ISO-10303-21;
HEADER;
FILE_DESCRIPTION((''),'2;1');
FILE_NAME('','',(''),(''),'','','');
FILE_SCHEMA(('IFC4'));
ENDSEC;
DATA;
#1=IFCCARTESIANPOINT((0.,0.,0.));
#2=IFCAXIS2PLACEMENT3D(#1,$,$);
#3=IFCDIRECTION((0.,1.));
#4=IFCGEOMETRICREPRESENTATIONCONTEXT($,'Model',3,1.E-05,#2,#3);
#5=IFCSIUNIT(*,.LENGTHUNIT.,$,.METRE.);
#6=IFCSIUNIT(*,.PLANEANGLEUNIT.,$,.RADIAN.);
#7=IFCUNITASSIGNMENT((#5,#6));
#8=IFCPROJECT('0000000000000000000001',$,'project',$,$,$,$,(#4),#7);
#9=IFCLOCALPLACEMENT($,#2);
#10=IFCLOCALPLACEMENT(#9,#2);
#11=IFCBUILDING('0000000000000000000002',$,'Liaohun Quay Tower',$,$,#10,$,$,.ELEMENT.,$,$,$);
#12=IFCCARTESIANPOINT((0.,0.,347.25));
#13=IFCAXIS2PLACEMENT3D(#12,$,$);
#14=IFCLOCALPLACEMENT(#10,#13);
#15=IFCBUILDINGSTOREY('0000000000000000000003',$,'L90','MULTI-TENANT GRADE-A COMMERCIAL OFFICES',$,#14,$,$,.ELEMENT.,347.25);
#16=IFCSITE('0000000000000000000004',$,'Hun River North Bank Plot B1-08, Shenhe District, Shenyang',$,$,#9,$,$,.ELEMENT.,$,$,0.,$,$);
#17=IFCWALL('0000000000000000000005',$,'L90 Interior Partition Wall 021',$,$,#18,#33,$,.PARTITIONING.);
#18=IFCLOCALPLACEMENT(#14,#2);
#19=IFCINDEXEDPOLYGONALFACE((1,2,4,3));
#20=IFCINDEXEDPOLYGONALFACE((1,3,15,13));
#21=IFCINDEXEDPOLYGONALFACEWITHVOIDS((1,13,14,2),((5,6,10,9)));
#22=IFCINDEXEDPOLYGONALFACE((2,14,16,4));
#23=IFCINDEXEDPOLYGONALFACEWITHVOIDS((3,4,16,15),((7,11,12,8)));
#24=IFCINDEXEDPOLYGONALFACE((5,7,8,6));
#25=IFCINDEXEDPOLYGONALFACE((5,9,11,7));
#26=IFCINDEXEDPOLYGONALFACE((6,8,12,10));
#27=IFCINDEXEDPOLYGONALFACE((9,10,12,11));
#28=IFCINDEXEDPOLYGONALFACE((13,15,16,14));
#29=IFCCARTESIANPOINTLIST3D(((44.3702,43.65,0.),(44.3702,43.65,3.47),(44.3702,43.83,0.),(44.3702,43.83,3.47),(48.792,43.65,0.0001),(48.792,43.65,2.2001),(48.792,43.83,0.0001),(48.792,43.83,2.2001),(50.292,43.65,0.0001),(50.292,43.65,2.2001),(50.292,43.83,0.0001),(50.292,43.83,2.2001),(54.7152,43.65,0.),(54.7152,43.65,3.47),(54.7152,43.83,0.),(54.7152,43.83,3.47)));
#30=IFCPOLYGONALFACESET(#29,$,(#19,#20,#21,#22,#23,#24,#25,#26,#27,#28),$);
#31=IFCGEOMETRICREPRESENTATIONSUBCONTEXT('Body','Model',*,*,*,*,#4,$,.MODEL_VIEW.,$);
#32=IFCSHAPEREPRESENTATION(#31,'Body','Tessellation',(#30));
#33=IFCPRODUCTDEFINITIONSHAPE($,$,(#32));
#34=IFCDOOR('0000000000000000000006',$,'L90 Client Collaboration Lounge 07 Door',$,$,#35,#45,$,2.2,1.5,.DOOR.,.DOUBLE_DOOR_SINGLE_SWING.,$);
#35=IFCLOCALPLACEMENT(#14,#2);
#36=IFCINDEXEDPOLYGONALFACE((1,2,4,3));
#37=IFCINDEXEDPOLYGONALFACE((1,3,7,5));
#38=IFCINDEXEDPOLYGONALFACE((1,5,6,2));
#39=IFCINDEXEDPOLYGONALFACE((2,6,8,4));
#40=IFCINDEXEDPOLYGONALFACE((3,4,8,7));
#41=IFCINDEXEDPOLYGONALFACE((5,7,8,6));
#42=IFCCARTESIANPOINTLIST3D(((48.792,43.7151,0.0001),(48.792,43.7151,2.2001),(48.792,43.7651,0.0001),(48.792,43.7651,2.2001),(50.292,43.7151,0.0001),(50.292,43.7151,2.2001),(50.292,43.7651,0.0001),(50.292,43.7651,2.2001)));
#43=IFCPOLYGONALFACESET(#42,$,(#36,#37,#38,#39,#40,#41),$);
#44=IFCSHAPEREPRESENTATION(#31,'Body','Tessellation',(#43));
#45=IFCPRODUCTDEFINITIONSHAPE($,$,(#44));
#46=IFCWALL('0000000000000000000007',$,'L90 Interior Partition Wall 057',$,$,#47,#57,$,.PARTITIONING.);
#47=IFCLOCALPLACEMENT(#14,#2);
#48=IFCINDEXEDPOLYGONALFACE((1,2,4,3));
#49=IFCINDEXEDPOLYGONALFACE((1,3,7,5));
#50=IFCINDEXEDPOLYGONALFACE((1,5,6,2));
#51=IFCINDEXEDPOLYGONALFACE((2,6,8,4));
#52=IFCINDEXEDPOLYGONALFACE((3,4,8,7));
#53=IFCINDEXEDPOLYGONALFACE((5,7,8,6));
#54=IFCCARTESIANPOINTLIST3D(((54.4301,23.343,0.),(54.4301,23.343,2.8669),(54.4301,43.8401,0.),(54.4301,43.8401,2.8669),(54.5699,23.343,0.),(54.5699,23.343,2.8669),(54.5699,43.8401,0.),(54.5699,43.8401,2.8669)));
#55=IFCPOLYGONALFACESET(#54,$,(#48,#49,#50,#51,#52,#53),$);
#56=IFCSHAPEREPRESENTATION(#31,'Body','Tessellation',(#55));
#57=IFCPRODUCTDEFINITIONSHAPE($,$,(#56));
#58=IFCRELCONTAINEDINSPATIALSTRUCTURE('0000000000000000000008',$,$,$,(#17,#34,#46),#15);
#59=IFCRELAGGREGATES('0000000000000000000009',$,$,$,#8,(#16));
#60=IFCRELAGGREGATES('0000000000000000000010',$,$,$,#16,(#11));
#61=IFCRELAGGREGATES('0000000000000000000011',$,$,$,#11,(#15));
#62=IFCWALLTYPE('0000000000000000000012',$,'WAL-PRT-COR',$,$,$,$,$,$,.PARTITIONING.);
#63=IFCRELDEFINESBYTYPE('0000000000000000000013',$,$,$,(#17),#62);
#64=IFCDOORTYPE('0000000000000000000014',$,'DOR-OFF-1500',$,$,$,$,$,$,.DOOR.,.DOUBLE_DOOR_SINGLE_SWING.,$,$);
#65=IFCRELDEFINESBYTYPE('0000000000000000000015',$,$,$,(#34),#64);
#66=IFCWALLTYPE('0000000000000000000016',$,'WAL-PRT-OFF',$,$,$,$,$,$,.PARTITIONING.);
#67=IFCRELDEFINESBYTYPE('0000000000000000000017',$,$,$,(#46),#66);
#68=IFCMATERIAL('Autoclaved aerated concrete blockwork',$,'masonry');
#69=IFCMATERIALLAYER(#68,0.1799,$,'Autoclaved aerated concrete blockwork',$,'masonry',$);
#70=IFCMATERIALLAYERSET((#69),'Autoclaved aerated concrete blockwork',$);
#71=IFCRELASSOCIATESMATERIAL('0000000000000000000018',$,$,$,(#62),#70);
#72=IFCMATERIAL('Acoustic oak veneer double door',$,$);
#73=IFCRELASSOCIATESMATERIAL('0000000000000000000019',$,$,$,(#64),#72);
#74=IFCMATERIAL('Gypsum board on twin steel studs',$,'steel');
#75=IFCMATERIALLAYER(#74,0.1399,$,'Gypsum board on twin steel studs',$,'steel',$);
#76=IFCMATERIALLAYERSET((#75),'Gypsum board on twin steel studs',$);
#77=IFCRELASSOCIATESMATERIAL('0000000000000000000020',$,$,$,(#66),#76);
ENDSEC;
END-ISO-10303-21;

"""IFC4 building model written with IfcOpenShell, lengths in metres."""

from ifc_helpers import new_model, si_unit, direction, frame, frame_2d, origin, place, context, subcontext, project, spatial, rectangle, extrude, source, transform, mapped, material, layer, layer_set, type_object, element, fill, save


model = new_model("IFC4")

# Units and contexts
model_context = context("Model", 3, precision=1e-05, world=origin(), true_north=direction((0.0, 1.0)))
body_context = subcontext(model_context, "Body", "Model", "MODEL_VIEW")
ifc_project = project(units=[si_unit("LENGTHUNIT", "METRE"), si_unit("PLANEANGLEUNIT", "RADIAN")], contexts=[model_context])

# Site, building, storey
site_placement = place(None, origin())
site = spatial("IfcSite", under=ifc_project, at=site_placement, Name="Hun River North Bank Plot B1-08, Shenhe District, Shenyang", CompositionType="ELEMENT", RefElevation=0.0)
building_placement = place(site_placement, origin())
building = spatial("IfcBuilding", under=site, at=building_placement, Name="Liaohun Quay Tower", CompositionType="ELEMENT")
storey_placement = place(building_placement, frame((0.0, 0.0, 347.25)))
storey = spatial("IfcBuildingStorey", under=building, at=storey_placement, Name="L90", Description="MULTI-TENANT GRADE-A COMMERCIAL OFFICES", CompositionType="ELEMENT", Elevation=347.25)

# Wall, opening, door
ifc_material_1 = material(Name="Autoclaved aerated concrete blockwork", Category="masonry")
ifc_layer_1 = layer(ifc_material_1, 0.1799, Name="Autoclaved aerated concrete blockwork", Category="masonry")
ifc_layer_set_1 = layer_set([ifc_layer_1], Name="Autoclaved aerated concrete blockwork")
wall_type_1 = type_object("IfcWallType", Name="WAL-PRT-COR", PredefinedType="PARTITIONING", material=ifc_layer_set_1)
wall_1_placement = place(storey_placement, frame((54.7151, 43.74, 0.0), z_axis=(0.0, 0.0, 1.0), x_axis=(-1.0, 0.0, 0.0)))
wall_1 = element("IfcWall", 1, at=wall_1_placement, inside=storey, type_object=wall_type_1, Name="L90 Interior Partition Wall 021", PredefinedType="PARTITIONING", context=body_context, shape_type="SweptSolid", body=[
    extrude(rectangle(XDim=10.345, YDim=0.1799, at=frame_2d((5.1724, 0.0))), origin(), (0.0, 0.0, 1.0), 3.47),
])
shared_shape_1 = source(origin(), body_context, "Body", "SweptSolid", [
    extrude(rectangle(XDim=1.5, YDim=2.2, at=frame_2d((0.75, 1.1001))), frame((0.0, 0.0999, 0.0), z_axis=(0.0, -1.0, 0.0), x_axis=(1.0, 0.0, 0.0)), (0.0, 0.0, 1.0), 0.2),
])
opening_1_placement = place(wall_1_placement, frame((4.4231, 0.0, 0.0)))
opening_1 = element("IfcOpeningElement", 2, at=opening_1_placement, cuts=wall_1, PredefinedType="OPENING", context=body_context, shape_type="MappedRepresentation", body=[
    mapped(shared_shape_1, transform((0.0, 0.0, 0.0), x_axis=(1.0, 0.0, 0.0), y_axis=(0.0, 1.0, 0.0), z_axis=(0.0, 0.0, 1.0), scale=1.0)),
])
ifc_material_2 = material(Name="Acoustic oak veneer double door")
door_type_1 = type_object("IfcDoorType", Name="DOR-OFF-1500", OperationType="DOUBLE_DOOR_SINGLE_SWING", PredefinedType="DOOR", material=ifc_material_2)
shared_shape_2 = source(origin(), body_context, "Body", "SweptSolid", [
    extrude(rectangle(XDim=1.5, YDim=2.2, at=frame_2d((0.75, 1.1001))), frame((0.0, 0.0249, 0.0), z_axis=(0.0, -1.0, 0.0), x_axis=(1.0, 0.0, 0.0)), (0.0, 0.0, 1.0), 0.05),
])
door_1_placement = place(opening_1_placement, origin())
door_1 = element("IfcDoor", 3, at=door_1_placement, inside=storey, type_object=door_type_1, Name="L90 Client Collaboration Lounge 07 Door", OperationType="DOUBLE_DOOR_SINGLE_SWING", OverallHeight=2.2, OverallWidth=1.5, PredefinedType="DOOR", context=body_context, shape_type="MappedRepresentation", body=[
    mapped(shared_shape_2, transform((0.0, 0.0, 0.0), x_axis=(1.0, 0.0, 0.0), y_axis=(0.0, 1.0, 0.0), z_axis=(0.0, 0.0, 1.0), scale=1.0)),
])
fill(opening_1, door_1)

# Wall
ifc_material_3 = material(Name="Gypsum board on twin steel studs", Category="steel")
ifc_layer_2 = layer(ifc_material_3, 0.1399, Name="Gypsum board on twin steel studs", Category="steel")
ifc_layer_set_2 = layer_set([ifc_layer_2], Name="Gypsum board on twin steel studs")
wall_type_2 = type_object("IfcWallType", Name="WAL-PRT-OFF", PredefinedType="PARTITIONING", material=ifc_layer_set_2)
wall_2_placement = place(storey_placement, frame((54.5, 43.8401, 0.0), z_axis=(0.0, 0.0, 1.0), x_axis=(0.0, -1.0, 0.0)))
element("IfcWall", 4, at=wall_2_placement, inside=storey, type_object=wall_type_2, Name="L90 Interior Partition Wall 057", PredefinedType="PARTITIONING", context=body_context, shape_type="SweptSolid", body=[
    extrude(rectangle(XDim=20.4971, YDim=0.1399, at=frame_2d((10.2485, 0.0))), origin(), (0.0, 0.0, 1.0), 2.8669),
])

save(model, "model.ifc")
